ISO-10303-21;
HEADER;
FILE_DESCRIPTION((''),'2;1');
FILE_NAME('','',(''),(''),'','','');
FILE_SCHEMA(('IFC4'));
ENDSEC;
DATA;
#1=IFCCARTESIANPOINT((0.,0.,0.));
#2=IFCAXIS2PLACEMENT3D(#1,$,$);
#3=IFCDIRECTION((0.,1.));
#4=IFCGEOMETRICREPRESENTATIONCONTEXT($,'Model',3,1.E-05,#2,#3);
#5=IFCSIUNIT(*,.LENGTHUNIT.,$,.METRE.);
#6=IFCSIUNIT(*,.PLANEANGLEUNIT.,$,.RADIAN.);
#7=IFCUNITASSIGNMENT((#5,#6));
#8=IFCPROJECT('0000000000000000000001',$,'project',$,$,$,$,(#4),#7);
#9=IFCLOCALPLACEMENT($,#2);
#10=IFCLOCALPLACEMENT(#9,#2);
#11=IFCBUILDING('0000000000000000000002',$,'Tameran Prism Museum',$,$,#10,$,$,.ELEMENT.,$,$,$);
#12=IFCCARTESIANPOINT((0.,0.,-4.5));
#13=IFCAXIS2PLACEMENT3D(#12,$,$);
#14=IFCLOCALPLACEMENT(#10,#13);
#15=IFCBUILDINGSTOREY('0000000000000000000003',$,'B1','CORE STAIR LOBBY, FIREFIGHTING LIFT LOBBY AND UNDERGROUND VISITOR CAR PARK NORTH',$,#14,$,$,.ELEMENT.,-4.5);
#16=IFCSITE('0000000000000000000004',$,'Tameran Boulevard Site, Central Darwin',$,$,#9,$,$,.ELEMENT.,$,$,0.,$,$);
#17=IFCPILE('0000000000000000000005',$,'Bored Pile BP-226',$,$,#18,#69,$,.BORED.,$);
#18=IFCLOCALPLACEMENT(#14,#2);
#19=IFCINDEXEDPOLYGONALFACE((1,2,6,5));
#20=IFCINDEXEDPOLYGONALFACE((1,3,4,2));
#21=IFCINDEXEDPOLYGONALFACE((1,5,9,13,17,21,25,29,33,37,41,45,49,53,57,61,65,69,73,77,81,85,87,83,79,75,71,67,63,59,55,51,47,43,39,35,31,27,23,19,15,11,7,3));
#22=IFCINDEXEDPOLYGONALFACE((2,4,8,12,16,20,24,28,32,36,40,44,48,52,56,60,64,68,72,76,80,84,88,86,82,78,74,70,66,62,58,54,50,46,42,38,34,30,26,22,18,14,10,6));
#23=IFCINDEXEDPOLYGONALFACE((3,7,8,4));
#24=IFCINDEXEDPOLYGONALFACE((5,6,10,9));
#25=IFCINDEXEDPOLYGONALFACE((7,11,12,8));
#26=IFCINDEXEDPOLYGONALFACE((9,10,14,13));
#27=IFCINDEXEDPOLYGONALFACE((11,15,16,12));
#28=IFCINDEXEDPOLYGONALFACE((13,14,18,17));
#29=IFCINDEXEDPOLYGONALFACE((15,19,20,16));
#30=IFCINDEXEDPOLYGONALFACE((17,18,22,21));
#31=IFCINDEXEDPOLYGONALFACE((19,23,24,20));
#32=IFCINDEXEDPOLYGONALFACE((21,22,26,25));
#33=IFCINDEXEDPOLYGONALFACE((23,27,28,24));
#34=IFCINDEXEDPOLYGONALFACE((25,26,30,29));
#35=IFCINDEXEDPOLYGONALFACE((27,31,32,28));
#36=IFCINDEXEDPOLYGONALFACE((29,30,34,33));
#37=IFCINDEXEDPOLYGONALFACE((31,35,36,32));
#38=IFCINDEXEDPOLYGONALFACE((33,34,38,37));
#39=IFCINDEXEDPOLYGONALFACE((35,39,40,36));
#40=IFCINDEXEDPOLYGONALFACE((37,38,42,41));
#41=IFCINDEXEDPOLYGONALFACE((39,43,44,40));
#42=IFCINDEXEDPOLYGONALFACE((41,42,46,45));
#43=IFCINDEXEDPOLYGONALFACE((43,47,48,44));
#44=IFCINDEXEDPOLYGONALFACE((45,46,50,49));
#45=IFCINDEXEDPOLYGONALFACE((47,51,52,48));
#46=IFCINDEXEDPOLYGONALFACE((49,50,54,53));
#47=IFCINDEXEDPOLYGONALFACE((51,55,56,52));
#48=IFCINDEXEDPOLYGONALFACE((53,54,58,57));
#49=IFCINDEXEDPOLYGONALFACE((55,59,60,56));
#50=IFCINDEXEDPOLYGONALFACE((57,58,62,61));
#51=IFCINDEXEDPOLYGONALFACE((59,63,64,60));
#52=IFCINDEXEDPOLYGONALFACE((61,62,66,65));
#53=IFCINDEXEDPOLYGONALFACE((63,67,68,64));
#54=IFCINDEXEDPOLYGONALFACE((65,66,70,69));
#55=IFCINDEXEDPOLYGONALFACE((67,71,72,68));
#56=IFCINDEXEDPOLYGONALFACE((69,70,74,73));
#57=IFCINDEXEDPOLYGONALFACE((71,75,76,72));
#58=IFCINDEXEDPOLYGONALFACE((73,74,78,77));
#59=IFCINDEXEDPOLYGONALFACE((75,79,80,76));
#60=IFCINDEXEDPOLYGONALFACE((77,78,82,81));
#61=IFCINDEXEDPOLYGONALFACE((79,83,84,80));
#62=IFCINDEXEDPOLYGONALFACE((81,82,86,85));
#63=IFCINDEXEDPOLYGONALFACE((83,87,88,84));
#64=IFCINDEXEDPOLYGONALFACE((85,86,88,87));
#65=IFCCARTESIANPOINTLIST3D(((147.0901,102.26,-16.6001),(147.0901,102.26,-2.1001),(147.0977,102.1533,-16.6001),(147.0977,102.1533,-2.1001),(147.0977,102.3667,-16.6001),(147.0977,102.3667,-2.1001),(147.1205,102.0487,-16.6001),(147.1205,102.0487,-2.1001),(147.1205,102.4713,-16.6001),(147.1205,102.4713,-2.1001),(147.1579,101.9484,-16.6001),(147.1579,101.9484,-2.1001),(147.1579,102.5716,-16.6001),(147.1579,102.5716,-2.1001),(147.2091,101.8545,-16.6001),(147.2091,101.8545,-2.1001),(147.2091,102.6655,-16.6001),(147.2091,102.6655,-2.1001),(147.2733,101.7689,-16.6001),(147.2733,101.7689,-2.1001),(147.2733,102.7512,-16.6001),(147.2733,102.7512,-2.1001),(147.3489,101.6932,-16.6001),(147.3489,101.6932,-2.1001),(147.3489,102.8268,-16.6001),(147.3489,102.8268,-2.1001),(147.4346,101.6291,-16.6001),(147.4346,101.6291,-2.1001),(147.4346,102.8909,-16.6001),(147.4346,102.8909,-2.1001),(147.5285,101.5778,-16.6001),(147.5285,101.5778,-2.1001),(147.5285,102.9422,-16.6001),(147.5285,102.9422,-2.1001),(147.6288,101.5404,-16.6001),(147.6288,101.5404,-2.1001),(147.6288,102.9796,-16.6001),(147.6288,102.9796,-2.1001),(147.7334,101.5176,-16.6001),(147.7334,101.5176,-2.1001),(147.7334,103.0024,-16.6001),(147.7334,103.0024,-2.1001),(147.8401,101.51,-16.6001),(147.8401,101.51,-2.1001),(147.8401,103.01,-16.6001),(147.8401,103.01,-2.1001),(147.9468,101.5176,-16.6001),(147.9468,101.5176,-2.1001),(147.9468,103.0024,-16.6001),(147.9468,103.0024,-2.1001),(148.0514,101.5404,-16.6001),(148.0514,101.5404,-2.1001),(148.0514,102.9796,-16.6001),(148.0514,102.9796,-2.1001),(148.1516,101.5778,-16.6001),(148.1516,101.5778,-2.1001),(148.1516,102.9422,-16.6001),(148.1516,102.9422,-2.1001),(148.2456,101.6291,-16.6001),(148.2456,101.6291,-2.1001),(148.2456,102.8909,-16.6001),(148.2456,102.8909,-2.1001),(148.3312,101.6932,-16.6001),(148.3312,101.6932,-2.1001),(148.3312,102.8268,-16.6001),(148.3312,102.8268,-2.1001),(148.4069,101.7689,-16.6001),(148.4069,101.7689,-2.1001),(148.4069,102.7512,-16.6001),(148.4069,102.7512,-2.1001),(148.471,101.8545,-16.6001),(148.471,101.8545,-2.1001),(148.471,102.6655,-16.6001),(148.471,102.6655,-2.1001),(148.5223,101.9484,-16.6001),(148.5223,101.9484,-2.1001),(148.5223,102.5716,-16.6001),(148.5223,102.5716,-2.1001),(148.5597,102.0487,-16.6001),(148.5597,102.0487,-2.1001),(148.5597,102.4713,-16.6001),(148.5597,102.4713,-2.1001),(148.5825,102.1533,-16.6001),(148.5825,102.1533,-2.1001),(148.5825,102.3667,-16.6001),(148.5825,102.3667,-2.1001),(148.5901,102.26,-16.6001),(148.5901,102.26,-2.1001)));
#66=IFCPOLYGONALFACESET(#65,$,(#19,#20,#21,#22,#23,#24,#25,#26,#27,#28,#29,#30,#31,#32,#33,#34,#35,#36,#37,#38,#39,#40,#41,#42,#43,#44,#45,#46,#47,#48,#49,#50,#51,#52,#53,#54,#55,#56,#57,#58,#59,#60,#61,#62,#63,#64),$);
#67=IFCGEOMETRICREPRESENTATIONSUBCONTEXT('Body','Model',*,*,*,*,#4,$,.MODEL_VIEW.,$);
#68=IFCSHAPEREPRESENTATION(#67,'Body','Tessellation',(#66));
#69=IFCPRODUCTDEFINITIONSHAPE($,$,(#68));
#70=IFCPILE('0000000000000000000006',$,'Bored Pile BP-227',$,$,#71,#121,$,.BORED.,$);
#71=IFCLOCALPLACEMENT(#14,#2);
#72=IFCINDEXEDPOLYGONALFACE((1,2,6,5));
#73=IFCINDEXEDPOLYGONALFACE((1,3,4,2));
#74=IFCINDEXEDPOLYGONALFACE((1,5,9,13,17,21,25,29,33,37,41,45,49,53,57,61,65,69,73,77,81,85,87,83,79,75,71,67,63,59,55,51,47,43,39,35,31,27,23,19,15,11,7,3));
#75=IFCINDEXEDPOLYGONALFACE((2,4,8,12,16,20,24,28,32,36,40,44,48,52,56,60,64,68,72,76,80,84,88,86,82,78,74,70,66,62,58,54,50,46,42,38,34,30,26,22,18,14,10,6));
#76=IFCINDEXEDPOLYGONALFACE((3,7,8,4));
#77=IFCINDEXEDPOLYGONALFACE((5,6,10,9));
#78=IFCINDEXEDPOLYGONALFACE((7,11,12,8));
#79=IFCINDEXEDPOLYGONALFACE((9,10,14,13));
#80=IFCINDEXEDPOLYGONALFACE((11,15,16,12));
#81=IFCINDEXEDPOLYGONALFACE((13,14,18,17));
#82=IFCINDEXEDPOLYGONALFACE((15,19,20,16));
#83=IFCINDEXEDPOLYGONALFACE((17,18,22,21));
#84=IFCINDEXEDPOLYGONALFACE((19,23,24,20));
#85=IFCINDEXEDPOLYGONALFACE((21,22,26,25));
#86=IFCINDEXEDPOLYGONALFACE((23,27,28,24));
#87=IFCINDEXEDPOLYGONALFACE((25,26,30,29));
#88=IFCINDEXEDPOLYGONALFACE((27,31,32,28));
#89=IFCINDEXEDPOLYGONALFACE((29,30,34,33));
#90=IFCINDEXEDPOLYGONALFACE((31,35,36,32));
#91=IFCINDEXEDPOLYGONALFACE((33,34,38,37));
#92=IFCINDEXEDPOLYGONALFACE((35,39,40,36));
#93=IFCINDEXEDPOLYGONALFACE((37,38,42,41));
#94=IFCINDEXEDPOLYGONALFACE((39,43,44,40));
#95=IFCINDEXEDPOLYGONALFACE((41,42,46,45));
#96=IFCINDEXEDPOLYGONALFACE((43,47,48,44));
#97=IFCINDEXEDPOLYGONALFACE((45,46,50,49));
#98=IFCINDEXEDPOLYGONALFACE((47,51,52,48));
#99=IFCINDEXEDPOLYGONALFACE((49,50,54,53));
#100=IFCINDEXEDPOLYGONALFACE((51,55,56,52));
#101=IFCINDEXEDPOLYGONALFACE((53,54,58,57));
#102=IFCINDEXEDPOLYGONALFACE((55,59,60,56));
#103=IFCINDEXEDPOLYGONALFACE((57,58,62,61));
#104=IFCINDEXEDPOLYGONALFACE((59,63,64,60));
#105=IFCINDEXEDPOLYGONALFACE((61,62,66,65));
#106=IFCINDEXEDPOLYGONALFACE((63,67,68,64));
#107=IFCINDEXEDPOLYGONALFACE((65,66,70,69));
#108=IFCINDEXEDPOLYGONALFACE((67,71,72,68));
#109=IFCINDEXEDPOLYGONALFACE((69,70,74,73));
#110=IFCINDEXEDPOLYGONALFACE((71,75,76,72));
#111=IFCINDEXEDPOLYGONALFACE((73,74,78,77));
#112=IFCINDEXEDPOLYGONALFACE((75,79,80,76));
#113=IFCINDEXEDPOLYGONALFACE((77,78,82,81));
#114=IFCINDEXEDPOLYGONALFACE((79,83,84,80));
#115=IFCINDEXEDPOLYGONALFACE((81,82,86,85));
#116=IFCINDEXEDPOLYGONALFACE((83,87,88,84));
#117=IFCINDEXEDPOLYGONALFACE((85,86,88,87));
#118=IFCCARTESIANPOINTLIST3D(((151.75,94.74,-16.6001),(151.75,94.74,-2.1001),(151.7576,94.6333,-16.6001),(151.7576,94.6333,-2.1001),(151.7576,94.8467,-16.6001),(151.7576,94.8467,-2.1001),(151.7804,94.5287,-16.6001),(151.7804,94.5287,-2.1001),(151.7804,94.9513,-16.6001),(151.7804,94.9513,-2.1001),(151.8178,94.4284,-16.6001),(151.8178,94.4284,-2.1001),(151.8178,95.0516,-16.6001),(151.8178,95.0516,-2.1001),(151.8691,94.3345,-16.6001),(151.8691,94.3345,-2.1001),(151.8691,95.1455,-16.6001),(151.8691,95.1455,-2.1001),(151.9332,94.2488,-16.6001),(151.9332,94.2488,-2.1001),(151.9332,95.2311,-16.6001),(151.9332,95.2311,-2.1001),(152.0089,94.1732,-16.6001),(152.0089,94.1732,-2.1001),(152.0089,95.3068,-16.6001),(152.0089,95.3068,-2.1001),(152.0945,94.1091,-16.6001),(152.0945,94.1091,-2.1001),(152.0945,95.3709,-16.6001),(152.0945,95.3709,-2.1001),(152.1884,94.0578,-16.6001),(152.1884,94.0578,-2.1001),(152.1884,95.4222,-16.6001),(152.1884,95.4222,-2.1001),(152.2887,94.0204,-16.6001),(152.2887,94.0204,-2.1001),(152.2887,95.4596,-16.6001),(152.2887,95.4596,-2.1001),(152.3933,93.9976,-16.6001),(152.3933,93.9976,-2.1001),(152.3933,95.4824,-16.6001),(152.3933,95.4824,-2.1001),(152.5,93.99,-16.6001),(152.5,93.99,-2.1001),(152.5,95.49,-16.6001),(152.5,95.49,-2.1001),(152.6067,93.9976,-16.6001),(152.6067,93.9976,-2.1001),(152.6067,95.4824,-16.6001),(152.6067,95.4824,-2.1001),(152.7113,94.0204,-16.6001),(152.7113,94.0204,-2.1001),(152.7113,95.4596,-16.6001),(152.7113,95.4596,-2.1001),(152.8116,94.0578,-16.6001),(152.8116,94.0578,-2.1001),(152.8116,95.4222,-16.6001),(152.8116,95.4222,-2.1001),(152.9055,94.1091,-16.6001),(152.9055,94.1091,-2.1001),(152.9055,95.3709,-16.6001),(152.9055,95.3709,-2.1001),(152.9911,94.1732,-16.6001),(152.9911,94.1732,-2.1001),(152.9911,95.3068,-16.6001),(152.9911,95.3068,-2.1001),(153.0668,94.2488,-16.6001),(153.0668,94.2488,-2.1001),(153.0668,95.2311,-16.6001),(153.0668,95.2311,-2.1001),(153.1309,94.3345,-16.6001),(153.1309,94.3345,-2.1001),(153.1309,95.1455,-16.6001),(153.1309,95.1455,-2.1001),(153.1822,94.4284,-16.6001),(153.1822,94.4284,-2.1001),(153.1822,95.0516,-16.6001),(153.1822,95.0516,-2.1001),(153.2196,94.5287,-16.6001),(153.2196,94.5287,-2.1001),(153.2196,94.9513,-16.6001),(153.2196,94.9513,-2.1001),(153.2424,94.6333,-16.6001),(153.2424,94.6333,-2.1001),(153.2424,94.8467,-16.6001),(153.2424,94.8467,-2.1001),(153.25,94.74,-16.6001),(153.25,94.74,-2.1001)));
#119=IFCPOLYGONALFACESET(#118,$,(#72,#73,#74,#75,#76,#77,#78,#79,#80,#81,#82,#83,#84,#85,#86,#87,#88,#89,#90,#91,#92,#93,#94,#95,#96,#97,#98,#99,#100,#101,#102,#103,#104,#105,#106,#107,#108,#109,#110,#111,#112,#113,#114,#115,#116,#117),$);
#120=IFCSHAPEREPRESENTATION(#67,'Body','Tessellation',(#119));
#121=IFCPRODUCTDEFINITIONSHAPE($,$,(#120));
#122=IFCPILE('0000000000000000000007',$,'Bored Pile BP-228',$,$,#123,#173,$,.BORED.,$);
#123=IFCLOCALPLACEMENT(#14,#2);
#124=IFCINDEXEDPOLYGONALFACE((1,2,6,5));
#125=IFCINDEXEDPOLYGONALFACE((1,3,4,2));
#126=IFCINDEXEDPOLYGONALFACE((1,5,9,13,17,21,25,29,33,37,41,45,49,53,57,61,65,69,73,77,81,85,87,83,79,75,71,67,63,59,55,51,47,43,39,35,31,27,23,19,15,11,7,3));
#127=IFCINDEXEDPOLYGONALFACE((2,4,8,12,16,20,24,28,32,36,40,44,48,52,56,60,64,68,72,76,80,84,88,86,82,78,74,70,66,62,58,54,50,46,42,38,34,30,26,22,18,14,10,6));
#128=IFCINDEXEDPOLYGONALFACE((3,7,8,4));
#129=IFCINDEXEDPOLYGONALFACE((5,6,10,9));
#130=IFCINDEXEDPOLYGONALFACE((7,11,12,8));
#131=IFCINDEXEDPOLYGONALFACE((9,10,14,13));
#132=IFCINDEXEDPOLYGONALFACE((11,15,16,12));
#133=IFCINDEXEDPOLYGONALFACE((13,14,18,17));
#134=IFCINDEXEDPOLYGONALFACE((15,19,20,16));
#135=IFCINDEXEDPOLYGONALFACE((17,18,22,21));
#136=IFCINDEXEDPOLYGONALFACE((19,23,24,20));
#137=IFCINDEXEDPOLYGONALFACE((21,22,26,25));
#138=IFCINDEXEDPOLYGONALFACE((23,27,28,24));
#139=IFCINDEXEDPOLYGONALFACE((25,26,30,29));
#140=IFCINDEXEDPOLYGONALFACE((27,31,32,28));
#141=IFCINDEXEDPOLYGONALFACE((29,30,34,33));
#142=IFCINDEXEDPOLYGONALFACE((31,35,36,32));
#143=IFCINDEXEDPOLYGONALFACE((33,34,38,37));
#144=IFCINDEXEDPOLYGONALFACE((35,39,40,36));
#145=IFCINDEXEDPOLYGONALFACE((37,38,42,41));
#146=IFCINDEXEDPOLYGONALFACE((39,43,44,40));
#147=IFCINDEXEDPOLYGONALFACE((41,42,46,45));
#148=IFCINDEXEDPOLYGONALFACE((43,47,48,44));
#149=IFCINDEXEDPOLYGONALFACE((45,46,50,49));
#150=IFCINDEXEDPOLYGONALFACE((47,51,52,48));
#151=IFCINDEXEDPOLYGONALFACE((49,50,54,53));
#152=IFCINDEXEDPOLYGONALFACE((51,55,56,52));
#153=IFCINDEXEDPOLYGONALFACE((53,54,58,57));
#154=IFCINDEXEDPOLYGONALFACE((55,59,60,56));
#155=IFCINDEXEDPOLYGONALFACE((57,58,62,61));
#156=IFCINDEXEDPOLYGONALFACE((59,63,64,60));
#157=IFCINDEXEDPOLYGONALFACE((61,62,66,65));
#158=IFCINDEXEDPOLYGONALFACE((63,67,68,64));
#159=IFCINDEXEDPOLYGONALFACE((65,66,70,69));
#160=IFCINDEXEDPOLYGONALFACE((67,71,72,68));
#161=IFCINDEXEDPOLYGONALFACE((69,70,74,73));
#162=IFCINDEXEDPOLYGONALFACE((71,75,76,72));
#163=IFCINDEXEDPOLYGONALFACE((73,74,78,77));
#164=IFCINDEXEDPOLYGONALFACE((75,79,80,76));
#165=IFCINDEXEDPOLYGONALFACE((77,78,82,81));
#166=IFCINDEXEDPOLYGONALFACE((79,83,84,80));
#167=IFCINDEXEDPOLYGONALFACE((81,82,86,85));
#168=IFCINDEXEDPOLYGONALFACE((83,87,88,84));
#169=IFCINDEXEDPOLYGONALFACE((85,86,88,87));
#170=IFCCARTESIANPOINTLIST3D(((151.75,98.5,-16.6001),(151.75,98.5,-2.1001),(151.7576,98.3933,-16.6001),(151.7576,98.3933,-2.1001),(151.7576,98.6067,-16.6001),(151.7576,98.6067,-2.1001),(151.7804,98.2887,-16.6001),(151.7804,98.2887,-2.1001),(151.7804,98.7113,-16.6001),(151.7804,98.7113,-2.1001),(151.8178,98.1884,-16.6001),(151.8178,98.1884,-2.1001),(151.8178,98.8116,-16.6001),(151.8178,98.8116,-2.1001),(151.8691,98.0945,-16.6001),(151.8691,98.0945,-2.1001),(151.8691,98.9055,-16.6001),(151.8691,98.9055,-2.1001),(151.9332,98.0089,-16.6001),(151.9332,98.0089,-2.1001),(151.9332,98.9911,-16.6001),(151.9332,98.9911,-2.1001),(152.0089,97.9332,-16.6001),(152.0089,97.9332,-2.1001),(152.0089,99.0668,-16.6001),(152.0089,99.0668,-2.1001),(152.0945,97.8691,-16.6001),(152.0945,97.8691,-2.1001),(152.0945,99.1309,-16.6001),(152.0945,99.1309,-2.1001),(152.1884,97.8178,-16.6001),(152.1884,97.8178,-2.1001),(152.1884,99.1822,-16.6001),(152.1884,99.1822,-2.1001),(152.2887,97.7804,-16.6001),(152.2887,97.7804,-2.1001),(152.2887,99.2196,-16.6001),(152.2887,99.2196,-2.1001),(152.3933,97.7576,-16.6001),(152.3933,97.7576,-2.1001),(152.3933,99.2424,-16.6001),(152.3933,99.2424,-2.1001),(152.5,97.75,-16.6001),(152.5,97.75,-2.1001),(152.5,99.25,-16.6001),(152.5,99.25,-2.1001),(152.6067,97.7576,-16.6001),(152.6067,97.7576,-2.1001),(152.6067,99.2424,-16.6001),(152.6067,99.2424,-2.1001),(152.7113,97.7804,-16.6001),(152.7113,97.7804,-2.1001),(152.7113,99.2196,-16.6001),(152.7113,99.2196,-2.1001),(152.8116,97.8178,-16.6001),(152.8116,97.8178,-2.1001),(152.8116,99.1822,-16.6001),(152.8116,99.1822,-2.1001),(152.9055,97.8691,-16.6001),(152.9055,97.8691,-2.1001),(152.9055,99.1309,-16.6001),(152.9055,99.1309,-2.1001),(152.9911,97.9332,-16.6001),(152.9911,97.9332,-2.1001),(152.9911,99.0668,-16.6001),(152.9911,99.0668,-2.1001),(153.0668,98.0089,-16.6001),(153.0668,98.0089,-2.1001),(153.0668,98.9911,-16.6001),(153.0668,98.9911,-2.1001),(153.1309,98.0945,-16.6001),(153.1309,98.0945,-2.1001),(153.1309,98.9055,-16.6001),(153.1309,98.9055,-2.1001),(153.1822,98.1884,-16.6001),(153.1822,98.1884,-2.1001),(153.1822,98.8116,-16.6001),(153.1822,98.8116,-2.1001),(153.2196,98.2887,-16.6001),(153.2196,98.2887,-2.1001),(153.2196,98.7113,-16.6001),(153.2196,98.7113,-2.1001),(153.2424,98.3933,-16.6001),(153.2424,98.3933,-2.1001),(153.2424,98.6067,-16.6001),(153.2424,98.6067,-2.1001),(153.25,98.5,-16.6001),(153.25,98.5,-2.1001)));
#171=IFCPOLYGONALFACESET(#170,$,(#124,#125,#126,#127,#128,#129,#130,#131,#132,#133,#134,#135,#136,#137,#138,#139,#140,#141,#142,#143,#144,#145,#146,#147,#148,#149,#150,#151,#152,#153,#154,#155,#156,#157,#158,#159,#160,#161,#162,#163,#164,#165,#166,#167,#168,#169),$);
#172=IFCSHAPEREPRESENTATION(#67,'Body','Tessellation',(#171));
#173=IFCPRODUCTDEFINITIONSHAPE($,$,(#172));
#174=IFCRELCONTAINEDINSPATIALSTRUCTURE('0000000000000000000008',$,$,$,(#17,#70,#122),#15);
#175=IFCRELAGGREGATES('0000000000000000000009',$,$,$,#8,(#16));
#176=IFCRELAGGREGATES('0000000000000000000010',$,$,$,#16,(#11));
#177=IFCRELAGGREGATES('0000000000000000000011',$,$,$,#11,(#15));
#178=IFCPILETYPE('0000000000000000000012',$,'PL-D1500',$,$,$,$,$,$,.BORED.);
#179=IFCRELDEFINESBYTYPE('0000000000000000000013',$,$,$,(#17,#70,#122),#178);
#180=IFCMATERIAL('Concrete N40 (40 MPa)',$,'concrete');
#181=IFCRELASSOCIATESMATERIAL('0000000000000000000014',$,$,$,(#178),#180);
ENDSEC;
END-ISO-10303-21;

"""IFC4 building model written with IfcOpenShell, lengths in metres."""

from ifc_helpers import new_model, si_unit, direction, frame, origin, origin_2d, place, context, subcontext, project, spatial, circle, extrude, material, material_profile, profile_set, type_object, element, save


model = new_model("IFC4")

# Units and contexts
model_context = context("Model", 3, precision=1e-05, world=origin(), true_north=direction((0.0, 1.0)))
body_context = subcontext(model_context, "Body", "Model", "MODEL_VIEW")
ifc_project = project(units=[si_unit("LENGTHUNIT", "METRE"), si_unit("PLANEANGLEUNIT", "RADIAN")], contexts=[model_context])

# Site, building, storey
site_placement = place(None, origin())
site = spatial("IfcSite", under=ifc_project, at=site_placement, Name="Tameran Boulevard Site, Central Darwin", CompositionType="ELEMENT", RefElevation=0.0)
building_placement = place(site_placement, origin())
building = spatial("IfcBuilding", under=site, at=building_placement, Name="Tameran Prism Museum", CompositionType="ELEMENT")
storey_placement = place(building_placement, frame((0.0, 0.0, -4.5)))
storey = spatial("IfcBuildingStorey", under=building, at=storey_placement, Name="B1", Description="CORE STAIR LOBBY, FIREFIGHTING LIFT LOBBY AND UNDERGROUND VISITOR CAR PARK NORTH", CompositionType="ELEMENT", Elevation=-4.5)

# Piles
ifc_material_1 = material(Name="Concrete N40 (40 MPa)", Category="concrete")
ifc_material_profile_1 = material_profile(ifc_material_1, circle(Radius=0.75, at=origin_2d()))
ifc_profile_set_1 = profile_set([ifc_material_profile_1])
pile_type_1 = type_object("IfcPileType", Name="PL-D1500", PredefinedType="BORED", material=ifc_profile_set_1)
for number, where, z_axis, x_axis, name in (
    (1, (147.8401, 102.26, -2.1001), (0.0, 0.0, -1.0), (1.0, 0.0, 0.0), "Bored Pile BP-226"),
    (2, (152.5, 94.74, -2.1001), (0.0, 0.0, -1.0), (1.0, 0.0, 0.0), "Bored Pile BP-227"),
    (3, (152.5, 98.5, -2.1001), (0.0, 0.0, -1.0), (1.0, 0.0, 0.0), "Bored Pile BP-228"),
):
    element("IfcPile", number, at=place(storey_placement, frame(where, z_axis=z_axis, x_axis=x_axis)), inside=storey, type_object=pile_type_1, Name=name, PredefinedType="BORED", context=body_context, shape_type="SweptSolid", body=[
        extrude(circle(Radius=0.75, at=origin_2d()), origin(), (0.0, 0.0, 1.0), 14.5),
    ])

save(model, "model.ifc")
